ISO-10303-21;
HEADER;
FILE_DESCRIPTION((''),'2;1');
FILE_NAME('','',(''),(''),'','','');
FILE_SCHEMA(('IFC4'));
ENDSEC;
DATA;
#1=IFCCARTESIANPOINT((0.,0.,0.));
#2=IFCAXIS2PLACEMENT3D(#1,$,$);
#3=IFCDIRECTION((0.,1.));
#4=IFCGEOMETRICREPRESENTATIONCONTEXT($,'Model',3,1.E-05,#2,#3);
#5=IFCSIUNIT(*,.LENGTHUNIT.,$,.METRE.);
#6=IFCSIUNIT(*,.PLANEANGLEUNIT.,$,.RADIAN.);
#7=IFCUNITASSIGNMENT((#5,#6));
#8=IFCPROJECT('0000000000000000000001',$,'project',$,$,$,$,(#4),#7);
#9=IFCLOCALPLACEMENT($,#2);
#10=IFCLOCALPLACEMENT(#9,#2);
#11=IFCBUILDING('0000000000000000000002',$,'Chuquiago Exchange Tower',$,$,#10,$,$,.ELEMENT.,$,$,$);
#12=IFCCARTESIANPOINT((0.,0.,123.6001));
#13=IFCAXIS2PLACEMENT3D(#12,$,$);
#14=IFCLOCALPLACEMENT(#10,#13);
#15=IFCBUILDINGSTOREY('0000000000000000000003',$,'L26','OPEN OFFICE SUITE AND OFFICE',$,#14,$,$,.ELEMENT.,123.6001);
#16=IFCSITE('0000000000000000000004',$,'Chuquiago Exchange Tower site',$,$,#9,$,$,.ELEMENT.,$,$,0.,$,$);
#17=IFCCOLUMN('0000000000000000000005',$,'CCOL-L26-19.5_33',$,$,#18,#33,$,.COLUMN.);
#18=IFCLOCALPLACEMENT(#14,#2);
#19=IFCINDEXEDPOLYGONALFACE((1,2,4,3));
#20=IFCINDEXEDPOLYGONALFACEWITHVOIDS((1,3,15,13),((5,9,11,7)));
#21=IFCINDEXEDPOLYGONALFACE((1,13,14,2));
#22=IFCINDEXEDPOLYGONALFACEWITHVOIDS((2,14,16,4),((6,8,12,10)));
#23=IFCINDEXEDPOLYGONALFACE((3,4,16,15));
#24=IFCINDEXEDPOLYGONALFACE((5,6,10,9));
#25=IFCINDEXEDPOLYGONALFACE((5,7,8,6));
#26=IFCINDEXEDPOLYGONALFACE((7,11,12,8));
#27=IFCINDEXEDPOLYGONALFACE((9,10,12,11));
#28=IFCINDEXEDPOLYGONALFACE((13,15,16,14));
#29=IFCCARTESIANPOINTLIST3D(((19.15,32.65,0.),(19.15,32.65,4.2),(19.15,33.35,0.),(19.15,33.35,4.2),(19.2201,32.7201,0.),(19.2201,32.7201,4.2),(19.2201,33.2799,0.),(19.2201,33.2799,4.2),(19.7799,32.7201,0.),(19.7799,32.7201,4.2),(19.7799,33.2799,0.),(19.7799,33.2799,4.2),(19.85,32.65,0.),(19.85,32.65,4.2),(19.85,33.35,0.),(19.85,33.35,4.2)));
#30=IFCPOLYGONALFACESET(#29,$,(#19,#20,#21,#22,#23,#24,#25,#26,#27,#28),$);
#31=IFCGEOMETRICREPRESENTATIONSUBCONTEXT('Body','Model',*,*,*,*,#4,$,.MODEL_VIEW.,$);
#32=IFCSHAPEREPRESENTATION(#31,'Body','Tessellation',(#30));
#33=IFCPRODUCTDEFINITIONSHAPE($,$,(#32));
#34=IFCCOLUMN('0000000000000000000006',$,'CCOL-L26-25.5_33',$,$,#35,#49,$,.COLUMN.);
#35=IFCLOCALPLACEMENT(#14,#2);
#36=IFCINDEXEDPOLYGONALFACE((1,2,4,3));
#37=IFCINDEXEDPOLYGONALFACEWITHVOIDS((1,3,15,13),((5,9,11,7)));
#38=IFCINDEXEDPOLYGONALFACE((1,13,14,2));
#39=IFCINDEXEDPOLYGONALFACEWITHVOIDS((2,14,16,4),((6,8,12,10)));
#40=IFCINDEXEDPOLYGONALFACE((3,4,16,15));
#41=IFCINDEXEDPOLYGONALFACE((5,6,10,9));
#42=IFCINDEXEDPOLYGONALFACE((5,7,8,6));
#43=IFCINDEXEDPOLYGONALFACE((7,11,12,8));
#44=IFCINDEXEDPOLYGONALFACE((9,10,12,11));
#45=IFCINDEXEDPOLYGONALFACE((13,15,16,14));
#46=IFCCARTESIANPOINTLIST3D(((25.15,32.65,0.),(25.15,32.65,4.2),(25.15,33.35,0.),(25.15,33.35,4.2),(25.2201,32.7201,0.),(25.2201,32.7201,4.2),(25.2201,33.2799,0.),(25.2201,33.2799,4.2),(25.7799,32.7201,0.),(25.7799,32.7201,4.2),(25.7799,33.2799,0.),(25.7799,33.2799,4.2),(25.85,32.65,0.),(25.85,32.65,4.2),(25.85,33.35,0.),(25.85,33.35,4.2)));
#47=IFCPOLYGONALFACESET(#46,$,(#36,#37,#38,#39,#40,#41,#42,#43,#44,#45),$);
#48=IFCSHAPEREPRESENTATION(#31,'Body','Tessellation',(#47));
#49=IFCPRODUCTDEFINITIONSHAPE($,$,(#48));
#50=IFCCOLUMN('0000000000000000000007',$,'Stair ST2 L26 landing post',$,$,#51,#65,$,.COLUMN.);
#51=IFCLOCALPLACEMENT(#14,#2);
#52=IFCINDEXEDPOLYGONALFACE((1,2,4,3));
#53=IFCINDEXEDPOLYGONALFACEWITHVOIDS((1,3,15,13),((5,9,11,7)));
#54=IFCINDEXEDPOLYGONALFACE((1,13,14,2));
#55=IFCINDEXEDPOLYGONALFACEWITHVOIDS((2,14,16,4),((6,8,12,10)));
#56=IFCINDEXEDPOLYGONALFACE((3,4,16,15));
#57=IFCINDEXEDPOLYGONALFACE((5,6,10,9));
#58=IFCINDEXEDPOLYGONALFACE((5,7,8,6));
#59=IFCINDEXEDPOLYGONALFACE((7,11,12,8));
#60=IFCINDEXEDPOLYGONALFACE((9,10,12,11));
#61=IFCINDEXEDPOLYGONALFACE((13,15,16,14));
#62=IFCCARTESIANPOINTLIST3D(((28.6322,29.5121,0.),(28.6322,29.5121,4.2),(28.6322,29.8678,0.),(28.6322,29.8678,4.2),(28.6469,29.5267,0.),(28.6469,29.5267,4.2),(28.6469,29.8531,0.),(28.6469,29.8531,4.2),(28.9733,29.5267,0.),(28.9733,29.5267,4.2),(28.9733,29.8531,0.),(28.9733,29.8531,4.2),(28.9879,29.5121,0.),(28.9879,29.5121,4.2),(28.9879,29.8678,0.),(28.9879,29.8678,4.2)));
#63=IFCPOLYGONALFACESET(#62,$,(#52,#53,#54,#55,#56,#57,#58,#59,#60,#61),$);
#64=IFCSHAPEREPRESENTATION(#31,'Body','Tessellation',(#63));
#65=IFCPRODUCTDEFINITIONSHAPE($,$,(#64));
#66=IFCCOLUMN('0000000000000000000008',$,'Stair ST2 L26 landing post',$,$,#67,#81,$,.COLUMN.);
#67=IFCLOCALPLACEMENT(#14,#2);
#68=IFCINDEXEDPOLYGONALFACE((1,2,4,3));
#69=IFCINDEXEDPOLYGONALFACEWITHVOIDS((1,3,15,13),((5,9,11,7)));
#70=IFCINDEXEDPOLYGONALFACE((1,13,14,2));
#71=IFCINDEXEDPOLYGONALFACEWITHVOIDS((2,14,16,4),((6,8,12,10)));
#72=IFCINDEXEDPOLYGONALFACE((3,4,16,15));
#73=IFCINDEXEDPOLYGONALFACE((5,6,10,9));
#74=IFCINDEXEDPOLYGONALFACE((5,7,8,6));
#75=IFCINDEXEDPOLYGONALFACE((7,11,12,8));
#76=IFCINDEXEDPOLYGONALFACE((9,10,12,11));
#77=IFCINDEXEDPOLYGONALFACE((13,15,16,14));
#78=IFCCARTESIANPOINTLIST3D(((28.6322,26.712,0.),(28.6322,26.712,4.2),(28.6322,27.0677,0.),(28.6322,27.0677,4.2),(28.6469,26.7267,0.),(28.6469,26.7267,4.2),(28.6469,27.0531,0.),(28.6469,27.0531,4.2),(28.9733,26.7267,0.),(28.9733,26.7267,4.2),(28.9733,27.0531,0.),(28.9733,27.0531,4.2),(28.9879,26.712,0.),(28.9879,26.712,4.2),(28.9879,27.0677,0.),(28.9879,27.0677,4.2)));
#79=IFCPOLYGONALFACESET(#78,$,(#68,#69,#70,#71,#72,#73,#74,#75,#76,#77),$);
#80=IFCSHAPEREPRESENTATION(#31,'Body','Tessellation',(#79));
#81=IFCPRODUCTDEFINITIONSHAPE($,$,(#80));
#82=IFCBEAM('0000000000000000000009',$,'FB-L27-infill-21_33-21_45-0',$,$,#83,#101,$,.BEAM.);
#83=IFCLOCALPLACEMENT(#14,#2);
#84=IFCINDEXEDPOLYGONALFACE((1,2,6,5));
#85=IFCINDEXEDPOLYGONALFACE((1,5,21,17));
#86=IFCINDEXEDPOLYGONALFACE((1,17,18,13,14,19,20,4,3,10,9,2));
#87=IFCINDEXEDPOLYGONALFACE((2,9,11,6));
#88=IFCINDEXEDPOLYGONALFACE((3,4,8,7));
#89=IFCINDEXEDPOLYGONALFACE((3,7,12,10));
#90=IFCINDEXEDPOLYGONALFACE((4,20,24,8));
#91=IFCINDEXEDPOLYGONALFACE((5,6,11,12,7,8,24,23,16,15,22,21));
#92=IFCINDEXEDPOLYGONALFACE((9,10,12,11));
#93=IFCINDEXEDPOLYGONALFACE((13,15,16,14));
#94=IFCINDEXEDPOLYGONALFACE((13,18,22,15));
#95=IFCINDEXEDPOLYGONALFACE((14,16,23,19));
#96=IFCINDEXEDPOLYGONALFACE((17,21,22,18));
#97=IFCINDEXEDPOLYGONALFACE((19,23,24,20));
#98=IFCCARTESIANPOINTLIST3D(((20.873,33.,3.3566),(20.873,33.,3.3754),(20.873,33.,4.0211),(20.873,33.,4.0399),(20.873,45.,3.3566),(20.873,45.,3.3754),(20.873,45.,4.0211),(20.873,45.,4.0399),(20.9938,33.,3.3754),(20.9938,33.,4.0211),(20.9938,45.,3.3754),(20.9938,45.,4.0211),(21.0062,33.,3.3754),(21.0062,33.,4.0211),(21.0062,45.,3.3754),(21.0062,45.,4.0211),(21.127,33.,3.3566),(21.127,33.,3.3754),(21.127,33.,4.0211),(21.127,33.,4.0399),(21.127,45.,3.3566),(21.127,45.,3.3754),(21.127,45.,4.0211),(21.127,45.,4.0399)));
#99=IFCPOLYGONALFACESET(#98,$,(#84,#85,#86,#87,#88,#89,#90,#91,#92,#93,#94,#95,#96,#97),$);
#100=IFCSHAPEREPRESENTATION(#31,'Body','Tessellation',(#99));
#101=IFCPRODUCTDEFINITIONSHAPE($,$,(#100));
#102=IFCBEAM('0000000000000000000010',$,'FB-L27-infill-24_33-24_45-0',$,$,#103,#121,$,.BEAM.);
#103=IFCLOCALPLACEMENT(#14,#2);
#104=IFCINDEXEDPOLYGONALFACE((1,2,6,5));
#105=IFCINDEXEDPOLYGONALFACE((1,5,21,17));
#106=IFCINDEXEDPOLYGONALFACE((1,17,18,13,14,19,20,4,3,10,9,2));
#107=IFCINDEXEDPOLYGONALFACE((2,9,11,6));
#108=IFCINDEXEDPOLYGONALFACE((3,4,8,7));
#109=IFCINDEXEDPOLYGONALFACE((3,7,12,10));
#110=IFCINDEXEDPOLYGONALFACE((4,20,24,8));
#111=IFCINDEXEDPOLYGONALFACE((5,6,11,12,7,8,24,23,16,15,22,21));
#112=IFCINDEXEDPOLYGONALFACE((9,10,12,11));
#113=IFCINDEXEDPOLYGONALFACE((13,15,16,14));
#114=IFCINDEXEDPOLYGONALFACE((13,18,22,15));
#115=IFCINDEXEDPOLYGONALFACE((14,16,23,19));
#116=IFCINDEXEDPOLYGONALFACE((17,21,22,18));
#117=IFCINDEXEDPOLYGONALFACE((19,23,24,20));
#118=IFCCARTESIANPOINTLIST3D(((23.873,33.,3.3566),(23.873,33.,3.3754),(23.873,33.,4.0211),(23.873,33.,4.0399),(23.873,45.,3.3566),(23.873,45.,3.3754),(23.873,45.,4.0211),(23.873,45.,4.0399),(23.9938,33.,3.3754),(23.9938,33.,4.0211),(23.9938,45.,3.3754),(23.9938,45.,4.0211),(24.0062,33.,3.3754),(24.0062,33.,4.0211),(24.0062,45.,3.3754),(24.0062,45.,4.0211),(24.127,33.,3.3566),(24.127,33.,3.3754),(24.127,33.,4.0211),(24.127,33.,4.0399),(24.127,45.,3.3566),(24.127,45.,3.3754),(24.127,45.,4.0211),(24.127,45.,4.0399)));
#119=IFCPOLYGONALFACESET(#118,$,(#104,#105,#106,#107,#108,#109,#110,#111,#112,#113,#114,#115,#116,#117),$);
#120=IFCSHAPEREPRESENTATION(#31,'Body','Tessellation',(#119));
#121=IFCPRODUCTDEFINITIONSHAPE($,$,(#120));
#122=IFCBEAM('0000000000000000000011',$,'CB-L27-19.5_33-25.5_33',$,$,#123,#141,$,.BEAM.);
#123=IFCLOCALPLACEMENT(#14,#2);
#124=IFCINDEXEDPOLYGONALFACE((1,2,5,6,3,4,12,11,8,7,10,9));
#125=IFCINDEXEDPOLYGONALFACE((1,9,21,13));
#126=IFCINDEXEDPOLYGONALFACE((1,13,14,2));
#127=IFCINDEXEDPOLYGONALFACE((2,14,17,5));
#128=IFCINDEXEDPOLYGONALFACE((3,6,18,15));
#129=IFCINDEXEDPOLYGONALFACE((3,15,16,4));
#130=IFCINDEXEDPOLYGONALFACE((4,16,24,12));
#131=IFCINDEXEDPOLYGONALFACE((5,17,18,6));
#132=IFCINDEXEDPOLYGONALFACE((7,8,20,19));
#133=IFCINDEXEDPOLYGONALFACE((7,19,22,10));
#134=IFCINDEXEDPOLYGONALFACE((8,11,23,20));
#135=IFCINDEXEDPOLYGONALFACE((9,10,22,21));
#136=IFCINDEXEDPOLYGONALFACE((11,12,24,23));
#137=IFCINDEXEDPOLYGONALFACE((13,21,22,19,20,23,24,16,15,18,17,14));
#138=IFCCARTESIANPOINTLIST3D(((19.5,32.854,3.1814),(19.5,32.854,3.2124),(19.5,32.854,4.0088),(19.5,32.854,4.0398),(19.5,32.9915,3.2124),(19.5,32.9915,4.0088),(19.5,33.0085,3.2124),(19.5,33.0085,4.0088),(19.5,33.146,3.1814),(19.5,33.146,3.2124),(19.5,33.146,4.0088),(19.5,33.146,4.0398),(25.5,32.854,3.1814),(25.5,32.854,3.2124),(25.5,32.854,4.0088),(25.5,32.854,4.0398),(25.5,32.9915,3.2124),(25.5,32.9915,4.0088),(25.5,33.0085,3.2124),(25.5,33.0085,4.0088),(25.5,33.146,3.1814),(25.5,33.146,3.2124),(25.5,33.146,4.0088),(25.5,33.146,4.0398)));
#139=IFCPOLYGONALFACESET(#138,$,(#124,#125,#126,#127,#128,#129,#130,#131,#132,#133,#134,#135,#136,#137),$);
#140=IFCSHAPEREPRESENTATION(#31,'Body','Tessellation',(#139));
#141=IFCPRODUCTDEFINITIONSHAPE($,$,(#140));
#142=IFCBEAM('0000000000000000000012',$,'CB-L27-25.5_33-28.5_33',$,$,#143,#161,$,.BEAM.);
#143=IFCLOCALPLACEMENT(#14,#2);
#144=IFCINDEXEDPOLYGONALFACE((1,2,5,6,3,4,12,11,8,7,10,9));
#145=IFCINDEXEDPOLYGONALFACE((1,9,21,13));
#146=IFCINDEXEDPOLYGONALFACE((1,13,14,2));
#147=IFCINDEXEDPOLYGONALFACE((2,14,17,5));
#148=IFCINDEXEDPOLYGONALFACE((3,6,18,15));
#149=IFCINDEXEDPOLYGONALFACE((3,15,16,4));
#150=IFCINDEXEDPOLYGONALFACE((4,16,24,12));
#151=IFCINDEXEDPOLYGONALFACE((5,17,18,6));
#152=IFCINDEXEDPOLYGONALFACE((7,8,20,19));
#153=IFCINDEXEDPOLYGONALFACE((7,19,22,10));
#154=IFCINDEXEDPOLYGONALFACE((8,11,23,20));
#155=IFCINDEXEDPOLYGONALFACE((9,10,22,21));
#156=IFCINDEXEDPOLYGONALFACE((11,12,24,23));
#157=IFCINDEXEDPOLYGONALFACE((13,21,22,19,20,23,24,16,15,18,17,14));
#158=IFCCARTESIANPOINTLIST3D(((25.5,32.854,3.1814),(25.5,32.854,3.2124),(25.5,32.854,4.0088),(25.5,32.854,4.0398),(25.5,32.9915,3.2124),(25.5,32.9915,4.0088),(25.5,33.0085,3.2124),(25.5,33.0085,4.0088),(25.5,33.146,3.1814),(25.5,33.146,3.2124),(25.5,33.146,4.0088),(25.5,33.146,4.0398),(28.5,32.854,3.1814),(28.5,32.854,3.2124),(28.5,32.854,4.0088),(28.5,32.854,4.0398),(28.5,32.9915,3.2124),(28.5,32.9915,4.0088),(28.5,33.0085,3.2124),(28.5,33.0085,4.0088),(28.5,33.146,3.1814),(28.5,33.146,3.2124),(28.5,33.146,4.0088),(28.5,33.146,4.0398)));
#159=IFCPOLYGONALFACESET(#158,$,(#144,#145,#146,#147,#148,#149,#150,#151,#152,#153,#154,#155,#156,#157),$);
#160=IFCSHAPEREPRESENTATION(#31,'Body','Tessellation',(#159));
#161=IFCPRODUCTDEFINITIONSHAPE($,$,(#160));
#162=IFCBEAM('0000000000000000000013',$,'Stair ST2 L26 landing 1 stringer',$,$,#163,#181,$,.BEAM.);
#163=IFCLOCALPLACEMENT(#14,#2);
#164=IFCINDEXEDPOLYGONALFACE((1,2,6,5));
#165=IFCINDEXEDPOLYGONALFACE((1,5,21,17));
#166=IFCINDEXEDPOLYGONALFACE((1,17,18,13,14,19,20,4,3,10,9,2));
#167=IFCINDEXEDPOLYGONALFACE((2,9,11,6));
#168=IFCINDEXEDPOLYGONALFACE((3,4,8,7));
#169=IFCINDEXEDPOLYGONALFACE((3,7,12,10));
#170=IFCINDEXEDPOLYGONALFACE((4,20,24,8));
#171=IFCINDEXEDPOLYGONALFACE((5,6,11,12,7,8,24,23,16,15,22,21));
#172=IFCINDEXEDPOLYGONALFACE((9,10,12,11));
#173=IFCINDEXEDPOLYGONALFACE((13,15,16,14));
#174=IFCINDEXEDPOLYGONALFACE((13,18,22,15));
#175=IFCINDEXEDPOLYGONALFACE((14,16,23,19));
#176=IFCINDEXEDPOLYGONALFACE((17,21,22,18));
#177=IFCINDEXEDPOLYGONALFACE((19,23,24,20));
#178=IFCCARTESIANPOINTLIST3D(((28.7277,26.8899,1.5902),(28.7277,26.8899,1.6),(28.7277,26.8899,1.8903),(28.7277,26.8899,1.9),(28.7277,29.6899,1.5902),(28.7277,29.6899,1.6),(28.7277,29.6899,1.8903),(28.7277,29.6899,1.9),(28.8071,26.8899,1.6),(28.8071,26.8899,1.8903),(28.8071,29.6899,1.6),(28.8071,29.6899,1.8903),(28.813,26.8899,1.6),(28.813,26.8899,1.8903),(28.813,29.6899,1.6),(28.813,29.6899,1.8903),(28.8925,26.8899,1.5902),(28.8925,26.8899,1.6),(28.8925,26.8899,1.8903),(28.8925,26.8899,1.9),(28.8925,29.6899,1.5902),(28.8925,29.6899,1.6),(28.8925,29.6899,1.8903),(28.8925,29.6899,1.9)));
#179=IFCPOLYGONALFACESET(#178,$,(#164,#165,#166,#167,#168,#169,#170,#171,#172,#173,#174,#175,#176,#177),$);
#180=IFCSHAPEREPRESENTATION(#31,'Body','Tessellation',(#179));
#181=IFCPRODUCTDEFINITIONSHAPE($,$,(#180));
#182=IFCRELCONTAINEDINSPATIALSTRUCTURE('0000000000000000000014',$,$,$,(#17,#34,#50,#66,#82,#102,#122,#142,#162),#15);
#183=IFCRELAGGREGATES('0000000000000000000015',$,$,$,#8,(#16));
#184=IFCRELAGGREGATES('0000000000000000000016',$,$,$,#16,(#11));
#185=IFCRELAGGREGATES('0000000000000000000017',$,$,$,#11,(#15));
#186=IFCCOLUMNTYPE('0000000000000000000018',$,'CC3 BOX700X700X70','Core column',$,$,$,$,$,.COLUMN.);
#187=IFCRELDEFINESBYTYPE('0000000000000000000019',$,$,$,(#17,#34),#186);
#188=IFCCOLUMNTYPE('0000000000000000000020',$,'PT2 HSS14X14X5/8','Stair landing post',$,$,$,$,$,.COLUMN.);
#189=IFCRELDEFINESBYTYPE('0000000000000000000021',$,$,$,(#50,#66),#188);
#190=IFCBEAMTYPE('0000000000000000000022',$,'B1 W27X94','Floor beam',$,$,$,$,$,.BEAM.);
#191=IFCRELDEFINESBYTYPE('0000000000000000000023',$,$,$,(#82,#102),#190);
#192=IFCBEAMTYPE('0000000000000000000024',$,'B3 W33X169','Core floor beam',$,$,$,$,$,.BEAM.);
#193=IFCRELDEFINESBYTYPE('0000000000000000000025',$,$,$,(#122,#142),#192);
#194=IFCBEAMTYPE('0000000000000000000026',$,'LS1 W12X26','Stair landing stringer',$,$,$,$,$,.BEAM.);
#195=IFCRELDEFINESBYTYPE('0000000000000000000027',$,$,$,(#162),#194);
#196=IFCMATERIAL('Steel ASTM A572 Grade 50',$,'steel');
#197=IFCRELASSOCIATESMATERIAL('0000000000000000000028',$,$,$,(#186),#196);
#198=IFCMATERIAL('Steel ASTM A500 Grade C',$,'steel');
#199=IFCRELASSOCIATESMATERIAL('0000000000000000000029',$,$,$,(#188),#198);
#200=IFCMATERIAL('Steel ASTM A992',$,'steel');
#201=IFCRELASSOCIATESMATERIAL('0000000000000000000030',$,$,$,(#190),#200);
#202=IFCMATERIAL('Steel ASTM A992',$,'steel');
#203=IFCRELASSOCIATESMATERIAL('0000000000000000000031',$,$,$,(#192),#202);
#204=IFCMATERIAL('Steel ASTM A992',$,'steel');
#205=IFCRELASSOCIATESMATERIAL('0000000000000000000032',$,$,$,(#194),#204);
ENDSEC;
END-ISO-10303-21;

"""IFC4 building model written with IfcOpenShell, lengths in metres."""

from ifc_helpers import new_model, si_unit, direction, frame, origin, origin_2d, place, context, subcontext, project, spatial, hollow_rectangle, i_section, extrude, material, material_profile, profile_set, type_object, element, save


model = new_model("IFC4")

# Units and contexts
model_context = context("Model", 3, precision=1e-05, world=origin(), true_north=direction((0.0, 1.0)))
body_context = subcontext(model_context, "Body", "Model", "MODEL_VIEW")
ifc_project = project(units=[si_unit("LENGTHUNIT", "METRE"), si_unit("PLANEANGLEUNIT", "RADIAN")], contexts=[model_context])

# Site, building, storey
site_placement = place(None, origin())
site = spatial("IfcSite", under=ifc_project, at=site_placement, Name="Chuquiago Exchange Tower site", CompositionType="ELEMENT", RefElevation=0.0)
building_placement = place(site_placement, origin())
building = spatial("IfcBuilding", under=site, at=building_placement, Name="Chuquiago Exchange Tower", CompositionType="ELEMENT")
storey_placement = place(building_placement, frame((0.0, 0.0, 123.6001)))
storey = spatial("IfcBuildingStorey", under=building, at=storey_placement, Name="L26", Description="OPEN OFFICE SUITE AND OFFICE", CompositionType="ELEMENT", Elevation=123.6001)

# Columns
ifc_material_1 = material(Name="Steel ASTM A572 Grade 50", Category="steel")
ifc_material_profile_1 = material_profile(ifc_material_1, hollow_rectangle(XDim=0.7, YDim=0.7, WallThickness=0.0701, at=origin_2d()), Name="BOX700X700X70")
ifc_profile_set_1 = profile_set([ifc_material_profile_1], Name="Steel ASTM A572 Grade 50")
column_type_1 = type_object("IfcColumnType", Name="CC3 BOX700X700X70", Description="Core column", PredefinedType="COLUMN", material=ifc_profile_set_1)
for number, where, z_axis, x_axis, name in (
    (1, (19.5, 33.0, 0.0), (0.0, 0.0, 1.0), (1.0, 0.0, 0.0), "CCOL-L26-19.5_33"),
    (2, (25.5, 33.0, 0.0), (0.0, 0.0, 1.0), (1.0, 0.0, 0.0), "CCOL-L26-25.5_33"),
):
    element("IfcColumn", number, at=place(storey_placement, frame(where, z_axis=z_axis, x_axis=x_axis)), inside=storey, type_object=column_type_1, Name=name, PredefinedType="COLUMN", context=body_context, shape_type="SweptSolid", body=[
        extrude(hollow_rectangle(XDim=0.7, YDim=0.7, WallThickness=0.0701, at=origin_2d()), origin(), (0.0, 0.0, 1.0), 4.2),
    ])
ifc_material_2 = material(Name="Steel ASTM A500 Grade C", Category="steel")
ifc_material_profile_2 = material_profile(ifc_material_2, hollow_rectangle(XDim=0.3557, YDim=0.3557, WallThickness=0.0146, at=origin_2d()), Name="HSS14X14X5/8")
ifc_profile_set_2 = profile_set([ifc_material_profile_2], Name="Steel ASTM A500 Grade C")
column_type_2 = type_object("IfcColumnType", Name="PT2 HSS14X14X5/8", Description="Stair landing post", PredefinedType="COLUMN", material=ifc_profile_set_2)
for number, where, z_axis, x_axis, name in (
    (3, (28.8101, 29.6899, 0.0), (0.0, 0.0, 1.0), (1.0, 0.0, 0.0), "Stair ST2 L26 landing post"),
    (4, (28.8101, 26.8899, 0.0), (0.0, 0.0, 1.0), (1.0, 0.0, 0.0), "Stair ST2 L26 landing post"),
):
    element("IfcColumn", number, at=place(storey_placement, frame(where, z_axis=z_axis, x_axis=x_axis)), inside=storey, type_object=column_type_2, Name=name, PredefinedType="COLUMN", context=body_context, shape_type="SweptSolid", body=[
        extrude(hollow_rectangle(XDim=0.3557, YDim=0.3557, WallThickness=0.0146, at=origin_2d()), origin(), (0.0, 0.0, 1.0), 4.2),
    ])

# Beams
ifc_material_3 = material(Name="Steel ASTM A992", Category="steel")
ifc_material_profile_3 = material_profile(ifc_material_3, i_section(OverallWidth=0.2539, OverallDepth=0.6833, WebThickness=0.0125, FlangeThickness=0.0188, at=origin_2d()), Name="W27X94")
ifc_profile_set_3 = profile_set([ifc_material_profile_3], Name="Steel ASTM A992")
beam_type_1 = type_object("IfcBeamType", Name="B1 W27X94", Description="Floor beam", PredefinedType="BEAM", material=ifc_profile_set_3)
for number, where, z_axis, x_axis, name in (
    (5, (21.0, 33.0, 3.6982), (0.0, 1.0, 0.0), (-1.0, 0.0, 0.0), "FB-L27-infill-21_33-21_45-0"),
    (6, (24.0, 33.0, 3.6982), (0.0, 1.0, 0.0), (-1.0, 0.0, 0.0), "FB-L27-infill-24_33-24_45-0"),
):
    element("IfcBeam", number, at=place(storey_placement, frame(where, z_axis=z_axis, x_axis=x_axis)), inside=storey, type_object=beam_type_1, Name=name, PredefinedType="BEAM", context=body_context, shape_type="SweptSolid", body=[
        extrude(i_section(OverallWidth=0.2539, OverallDepth=0.6833, WebThickness=0.0125, FlangeThickness=0.0188, at=origin_2d()), origin(), (0.0, 0.0, 1.0), 12.0),
    ])
ifc_material_4 = material(Name="Steel ASTM A992", Category="steel")
ifc_material_profile_4 = material_profile(ifc_material_4, i_section(OverallWidth=0.292, OverallDepth=0.8584, WebThickness=0.0171, FlangeThickness=0.031, at=origin_2d()), Name="W33X169")
ifc_profile_set_4 = profile_set([ifc_material_profile_4], Name="Steel ASTM A992")
beam_type_2 = type_object("IfcBeamType", Name="B3 W33X169", Description="Core floor beam", PredefinedType="BEAM", material=ifc_profile_set_4)
beam_1_placement = place(storey_placement, frame((19.5, 33.0, 3.6106), z_axis=(1.0, 0.0, 0.0), x_axis=(0.0, 1.0, 0.0)))
element("IfcBeam", 7, at=beam_1_placement, inside=storey, type_object=beam_type_2, Name="CB-L27-19.5_33-25.5_33", PredefinedType="BEAM", context=body_context, shape_type="SweptSolid", body=[
    extrude(i_section(OverallWidth=0.292, OverallDepth=0.8584, WebThickness=0.0171, FlangeThickness=0.031, at=origin_2d()), origin(), (0.0, 0.0, 1.0), 6.0),
])
beam_2_placement = place(storey_placement, frame((25.5, 33.0, 3.6106), z_axis=(1.0, 0.0, 0.0), x_axis=(0.0, 1.0, 0.0)))
element("IfcBeam", 8, at=beam_2_placement, inside=storey, type_object=beam_type_2, Name="CB-L27-25.5_33-28.5_33", PredefinedType="BEAM", context=body_context, shape_type="SweptSolid", body=[
    extrude(i_section(OverallWidth=0.292, OverallDepth=0.8584, WebThickness=0.0171, FlangeThickness=0.031, at=origin_2d()), origin(), (0.0, 0.0, 1.0), 3.0),
])
ifc_material_5 = material(Name="Steel ASTM A992", Category="steel")
ifc_material_profile_5 = material_profile(ifc_material_5, i_section(OverallWidth=0.1648, OverallDepth=0.3098, WebThickness=0.0059, FlangeThickness=0.0098, at=origin_2d()), Name="W12X26")
ifc_profile_set_5 = profile_set([ifc_material_profile_5], Name="Steel ASTM A992")
beam_type_3 = type_object("IfcBeamType", Name="LS1 W12X26", Description="Stair landing stringer", PredefinedType="BEAM", material=ifc_profile_set_5)
beam_3_placement = place(storey_placement, frame((28.8101, 26.8899, 1.7451), z_axis=(0.0, 1.0, 0.0), x_axis=(-1.0, 0.0, 0.0)))
element("IfcBeam", 9, at=beam_3_placement, inside=storey, type_object=beam_type_3, Name="Stair ST2 L26 landing 1 stringer", PredefinedType="BEAM", context=body_context, shape_type="SweptSolid", body=[
    extrude(i_section(OverallWidth=0.1648, OverallDepth=0.3098, WebThickness=0.0059, FlangeThickness=0.0098, at=origin_2d()), origin(), (0.0, 0.0, 1.0), 2.8),
])

save(model, "model.ifc")
